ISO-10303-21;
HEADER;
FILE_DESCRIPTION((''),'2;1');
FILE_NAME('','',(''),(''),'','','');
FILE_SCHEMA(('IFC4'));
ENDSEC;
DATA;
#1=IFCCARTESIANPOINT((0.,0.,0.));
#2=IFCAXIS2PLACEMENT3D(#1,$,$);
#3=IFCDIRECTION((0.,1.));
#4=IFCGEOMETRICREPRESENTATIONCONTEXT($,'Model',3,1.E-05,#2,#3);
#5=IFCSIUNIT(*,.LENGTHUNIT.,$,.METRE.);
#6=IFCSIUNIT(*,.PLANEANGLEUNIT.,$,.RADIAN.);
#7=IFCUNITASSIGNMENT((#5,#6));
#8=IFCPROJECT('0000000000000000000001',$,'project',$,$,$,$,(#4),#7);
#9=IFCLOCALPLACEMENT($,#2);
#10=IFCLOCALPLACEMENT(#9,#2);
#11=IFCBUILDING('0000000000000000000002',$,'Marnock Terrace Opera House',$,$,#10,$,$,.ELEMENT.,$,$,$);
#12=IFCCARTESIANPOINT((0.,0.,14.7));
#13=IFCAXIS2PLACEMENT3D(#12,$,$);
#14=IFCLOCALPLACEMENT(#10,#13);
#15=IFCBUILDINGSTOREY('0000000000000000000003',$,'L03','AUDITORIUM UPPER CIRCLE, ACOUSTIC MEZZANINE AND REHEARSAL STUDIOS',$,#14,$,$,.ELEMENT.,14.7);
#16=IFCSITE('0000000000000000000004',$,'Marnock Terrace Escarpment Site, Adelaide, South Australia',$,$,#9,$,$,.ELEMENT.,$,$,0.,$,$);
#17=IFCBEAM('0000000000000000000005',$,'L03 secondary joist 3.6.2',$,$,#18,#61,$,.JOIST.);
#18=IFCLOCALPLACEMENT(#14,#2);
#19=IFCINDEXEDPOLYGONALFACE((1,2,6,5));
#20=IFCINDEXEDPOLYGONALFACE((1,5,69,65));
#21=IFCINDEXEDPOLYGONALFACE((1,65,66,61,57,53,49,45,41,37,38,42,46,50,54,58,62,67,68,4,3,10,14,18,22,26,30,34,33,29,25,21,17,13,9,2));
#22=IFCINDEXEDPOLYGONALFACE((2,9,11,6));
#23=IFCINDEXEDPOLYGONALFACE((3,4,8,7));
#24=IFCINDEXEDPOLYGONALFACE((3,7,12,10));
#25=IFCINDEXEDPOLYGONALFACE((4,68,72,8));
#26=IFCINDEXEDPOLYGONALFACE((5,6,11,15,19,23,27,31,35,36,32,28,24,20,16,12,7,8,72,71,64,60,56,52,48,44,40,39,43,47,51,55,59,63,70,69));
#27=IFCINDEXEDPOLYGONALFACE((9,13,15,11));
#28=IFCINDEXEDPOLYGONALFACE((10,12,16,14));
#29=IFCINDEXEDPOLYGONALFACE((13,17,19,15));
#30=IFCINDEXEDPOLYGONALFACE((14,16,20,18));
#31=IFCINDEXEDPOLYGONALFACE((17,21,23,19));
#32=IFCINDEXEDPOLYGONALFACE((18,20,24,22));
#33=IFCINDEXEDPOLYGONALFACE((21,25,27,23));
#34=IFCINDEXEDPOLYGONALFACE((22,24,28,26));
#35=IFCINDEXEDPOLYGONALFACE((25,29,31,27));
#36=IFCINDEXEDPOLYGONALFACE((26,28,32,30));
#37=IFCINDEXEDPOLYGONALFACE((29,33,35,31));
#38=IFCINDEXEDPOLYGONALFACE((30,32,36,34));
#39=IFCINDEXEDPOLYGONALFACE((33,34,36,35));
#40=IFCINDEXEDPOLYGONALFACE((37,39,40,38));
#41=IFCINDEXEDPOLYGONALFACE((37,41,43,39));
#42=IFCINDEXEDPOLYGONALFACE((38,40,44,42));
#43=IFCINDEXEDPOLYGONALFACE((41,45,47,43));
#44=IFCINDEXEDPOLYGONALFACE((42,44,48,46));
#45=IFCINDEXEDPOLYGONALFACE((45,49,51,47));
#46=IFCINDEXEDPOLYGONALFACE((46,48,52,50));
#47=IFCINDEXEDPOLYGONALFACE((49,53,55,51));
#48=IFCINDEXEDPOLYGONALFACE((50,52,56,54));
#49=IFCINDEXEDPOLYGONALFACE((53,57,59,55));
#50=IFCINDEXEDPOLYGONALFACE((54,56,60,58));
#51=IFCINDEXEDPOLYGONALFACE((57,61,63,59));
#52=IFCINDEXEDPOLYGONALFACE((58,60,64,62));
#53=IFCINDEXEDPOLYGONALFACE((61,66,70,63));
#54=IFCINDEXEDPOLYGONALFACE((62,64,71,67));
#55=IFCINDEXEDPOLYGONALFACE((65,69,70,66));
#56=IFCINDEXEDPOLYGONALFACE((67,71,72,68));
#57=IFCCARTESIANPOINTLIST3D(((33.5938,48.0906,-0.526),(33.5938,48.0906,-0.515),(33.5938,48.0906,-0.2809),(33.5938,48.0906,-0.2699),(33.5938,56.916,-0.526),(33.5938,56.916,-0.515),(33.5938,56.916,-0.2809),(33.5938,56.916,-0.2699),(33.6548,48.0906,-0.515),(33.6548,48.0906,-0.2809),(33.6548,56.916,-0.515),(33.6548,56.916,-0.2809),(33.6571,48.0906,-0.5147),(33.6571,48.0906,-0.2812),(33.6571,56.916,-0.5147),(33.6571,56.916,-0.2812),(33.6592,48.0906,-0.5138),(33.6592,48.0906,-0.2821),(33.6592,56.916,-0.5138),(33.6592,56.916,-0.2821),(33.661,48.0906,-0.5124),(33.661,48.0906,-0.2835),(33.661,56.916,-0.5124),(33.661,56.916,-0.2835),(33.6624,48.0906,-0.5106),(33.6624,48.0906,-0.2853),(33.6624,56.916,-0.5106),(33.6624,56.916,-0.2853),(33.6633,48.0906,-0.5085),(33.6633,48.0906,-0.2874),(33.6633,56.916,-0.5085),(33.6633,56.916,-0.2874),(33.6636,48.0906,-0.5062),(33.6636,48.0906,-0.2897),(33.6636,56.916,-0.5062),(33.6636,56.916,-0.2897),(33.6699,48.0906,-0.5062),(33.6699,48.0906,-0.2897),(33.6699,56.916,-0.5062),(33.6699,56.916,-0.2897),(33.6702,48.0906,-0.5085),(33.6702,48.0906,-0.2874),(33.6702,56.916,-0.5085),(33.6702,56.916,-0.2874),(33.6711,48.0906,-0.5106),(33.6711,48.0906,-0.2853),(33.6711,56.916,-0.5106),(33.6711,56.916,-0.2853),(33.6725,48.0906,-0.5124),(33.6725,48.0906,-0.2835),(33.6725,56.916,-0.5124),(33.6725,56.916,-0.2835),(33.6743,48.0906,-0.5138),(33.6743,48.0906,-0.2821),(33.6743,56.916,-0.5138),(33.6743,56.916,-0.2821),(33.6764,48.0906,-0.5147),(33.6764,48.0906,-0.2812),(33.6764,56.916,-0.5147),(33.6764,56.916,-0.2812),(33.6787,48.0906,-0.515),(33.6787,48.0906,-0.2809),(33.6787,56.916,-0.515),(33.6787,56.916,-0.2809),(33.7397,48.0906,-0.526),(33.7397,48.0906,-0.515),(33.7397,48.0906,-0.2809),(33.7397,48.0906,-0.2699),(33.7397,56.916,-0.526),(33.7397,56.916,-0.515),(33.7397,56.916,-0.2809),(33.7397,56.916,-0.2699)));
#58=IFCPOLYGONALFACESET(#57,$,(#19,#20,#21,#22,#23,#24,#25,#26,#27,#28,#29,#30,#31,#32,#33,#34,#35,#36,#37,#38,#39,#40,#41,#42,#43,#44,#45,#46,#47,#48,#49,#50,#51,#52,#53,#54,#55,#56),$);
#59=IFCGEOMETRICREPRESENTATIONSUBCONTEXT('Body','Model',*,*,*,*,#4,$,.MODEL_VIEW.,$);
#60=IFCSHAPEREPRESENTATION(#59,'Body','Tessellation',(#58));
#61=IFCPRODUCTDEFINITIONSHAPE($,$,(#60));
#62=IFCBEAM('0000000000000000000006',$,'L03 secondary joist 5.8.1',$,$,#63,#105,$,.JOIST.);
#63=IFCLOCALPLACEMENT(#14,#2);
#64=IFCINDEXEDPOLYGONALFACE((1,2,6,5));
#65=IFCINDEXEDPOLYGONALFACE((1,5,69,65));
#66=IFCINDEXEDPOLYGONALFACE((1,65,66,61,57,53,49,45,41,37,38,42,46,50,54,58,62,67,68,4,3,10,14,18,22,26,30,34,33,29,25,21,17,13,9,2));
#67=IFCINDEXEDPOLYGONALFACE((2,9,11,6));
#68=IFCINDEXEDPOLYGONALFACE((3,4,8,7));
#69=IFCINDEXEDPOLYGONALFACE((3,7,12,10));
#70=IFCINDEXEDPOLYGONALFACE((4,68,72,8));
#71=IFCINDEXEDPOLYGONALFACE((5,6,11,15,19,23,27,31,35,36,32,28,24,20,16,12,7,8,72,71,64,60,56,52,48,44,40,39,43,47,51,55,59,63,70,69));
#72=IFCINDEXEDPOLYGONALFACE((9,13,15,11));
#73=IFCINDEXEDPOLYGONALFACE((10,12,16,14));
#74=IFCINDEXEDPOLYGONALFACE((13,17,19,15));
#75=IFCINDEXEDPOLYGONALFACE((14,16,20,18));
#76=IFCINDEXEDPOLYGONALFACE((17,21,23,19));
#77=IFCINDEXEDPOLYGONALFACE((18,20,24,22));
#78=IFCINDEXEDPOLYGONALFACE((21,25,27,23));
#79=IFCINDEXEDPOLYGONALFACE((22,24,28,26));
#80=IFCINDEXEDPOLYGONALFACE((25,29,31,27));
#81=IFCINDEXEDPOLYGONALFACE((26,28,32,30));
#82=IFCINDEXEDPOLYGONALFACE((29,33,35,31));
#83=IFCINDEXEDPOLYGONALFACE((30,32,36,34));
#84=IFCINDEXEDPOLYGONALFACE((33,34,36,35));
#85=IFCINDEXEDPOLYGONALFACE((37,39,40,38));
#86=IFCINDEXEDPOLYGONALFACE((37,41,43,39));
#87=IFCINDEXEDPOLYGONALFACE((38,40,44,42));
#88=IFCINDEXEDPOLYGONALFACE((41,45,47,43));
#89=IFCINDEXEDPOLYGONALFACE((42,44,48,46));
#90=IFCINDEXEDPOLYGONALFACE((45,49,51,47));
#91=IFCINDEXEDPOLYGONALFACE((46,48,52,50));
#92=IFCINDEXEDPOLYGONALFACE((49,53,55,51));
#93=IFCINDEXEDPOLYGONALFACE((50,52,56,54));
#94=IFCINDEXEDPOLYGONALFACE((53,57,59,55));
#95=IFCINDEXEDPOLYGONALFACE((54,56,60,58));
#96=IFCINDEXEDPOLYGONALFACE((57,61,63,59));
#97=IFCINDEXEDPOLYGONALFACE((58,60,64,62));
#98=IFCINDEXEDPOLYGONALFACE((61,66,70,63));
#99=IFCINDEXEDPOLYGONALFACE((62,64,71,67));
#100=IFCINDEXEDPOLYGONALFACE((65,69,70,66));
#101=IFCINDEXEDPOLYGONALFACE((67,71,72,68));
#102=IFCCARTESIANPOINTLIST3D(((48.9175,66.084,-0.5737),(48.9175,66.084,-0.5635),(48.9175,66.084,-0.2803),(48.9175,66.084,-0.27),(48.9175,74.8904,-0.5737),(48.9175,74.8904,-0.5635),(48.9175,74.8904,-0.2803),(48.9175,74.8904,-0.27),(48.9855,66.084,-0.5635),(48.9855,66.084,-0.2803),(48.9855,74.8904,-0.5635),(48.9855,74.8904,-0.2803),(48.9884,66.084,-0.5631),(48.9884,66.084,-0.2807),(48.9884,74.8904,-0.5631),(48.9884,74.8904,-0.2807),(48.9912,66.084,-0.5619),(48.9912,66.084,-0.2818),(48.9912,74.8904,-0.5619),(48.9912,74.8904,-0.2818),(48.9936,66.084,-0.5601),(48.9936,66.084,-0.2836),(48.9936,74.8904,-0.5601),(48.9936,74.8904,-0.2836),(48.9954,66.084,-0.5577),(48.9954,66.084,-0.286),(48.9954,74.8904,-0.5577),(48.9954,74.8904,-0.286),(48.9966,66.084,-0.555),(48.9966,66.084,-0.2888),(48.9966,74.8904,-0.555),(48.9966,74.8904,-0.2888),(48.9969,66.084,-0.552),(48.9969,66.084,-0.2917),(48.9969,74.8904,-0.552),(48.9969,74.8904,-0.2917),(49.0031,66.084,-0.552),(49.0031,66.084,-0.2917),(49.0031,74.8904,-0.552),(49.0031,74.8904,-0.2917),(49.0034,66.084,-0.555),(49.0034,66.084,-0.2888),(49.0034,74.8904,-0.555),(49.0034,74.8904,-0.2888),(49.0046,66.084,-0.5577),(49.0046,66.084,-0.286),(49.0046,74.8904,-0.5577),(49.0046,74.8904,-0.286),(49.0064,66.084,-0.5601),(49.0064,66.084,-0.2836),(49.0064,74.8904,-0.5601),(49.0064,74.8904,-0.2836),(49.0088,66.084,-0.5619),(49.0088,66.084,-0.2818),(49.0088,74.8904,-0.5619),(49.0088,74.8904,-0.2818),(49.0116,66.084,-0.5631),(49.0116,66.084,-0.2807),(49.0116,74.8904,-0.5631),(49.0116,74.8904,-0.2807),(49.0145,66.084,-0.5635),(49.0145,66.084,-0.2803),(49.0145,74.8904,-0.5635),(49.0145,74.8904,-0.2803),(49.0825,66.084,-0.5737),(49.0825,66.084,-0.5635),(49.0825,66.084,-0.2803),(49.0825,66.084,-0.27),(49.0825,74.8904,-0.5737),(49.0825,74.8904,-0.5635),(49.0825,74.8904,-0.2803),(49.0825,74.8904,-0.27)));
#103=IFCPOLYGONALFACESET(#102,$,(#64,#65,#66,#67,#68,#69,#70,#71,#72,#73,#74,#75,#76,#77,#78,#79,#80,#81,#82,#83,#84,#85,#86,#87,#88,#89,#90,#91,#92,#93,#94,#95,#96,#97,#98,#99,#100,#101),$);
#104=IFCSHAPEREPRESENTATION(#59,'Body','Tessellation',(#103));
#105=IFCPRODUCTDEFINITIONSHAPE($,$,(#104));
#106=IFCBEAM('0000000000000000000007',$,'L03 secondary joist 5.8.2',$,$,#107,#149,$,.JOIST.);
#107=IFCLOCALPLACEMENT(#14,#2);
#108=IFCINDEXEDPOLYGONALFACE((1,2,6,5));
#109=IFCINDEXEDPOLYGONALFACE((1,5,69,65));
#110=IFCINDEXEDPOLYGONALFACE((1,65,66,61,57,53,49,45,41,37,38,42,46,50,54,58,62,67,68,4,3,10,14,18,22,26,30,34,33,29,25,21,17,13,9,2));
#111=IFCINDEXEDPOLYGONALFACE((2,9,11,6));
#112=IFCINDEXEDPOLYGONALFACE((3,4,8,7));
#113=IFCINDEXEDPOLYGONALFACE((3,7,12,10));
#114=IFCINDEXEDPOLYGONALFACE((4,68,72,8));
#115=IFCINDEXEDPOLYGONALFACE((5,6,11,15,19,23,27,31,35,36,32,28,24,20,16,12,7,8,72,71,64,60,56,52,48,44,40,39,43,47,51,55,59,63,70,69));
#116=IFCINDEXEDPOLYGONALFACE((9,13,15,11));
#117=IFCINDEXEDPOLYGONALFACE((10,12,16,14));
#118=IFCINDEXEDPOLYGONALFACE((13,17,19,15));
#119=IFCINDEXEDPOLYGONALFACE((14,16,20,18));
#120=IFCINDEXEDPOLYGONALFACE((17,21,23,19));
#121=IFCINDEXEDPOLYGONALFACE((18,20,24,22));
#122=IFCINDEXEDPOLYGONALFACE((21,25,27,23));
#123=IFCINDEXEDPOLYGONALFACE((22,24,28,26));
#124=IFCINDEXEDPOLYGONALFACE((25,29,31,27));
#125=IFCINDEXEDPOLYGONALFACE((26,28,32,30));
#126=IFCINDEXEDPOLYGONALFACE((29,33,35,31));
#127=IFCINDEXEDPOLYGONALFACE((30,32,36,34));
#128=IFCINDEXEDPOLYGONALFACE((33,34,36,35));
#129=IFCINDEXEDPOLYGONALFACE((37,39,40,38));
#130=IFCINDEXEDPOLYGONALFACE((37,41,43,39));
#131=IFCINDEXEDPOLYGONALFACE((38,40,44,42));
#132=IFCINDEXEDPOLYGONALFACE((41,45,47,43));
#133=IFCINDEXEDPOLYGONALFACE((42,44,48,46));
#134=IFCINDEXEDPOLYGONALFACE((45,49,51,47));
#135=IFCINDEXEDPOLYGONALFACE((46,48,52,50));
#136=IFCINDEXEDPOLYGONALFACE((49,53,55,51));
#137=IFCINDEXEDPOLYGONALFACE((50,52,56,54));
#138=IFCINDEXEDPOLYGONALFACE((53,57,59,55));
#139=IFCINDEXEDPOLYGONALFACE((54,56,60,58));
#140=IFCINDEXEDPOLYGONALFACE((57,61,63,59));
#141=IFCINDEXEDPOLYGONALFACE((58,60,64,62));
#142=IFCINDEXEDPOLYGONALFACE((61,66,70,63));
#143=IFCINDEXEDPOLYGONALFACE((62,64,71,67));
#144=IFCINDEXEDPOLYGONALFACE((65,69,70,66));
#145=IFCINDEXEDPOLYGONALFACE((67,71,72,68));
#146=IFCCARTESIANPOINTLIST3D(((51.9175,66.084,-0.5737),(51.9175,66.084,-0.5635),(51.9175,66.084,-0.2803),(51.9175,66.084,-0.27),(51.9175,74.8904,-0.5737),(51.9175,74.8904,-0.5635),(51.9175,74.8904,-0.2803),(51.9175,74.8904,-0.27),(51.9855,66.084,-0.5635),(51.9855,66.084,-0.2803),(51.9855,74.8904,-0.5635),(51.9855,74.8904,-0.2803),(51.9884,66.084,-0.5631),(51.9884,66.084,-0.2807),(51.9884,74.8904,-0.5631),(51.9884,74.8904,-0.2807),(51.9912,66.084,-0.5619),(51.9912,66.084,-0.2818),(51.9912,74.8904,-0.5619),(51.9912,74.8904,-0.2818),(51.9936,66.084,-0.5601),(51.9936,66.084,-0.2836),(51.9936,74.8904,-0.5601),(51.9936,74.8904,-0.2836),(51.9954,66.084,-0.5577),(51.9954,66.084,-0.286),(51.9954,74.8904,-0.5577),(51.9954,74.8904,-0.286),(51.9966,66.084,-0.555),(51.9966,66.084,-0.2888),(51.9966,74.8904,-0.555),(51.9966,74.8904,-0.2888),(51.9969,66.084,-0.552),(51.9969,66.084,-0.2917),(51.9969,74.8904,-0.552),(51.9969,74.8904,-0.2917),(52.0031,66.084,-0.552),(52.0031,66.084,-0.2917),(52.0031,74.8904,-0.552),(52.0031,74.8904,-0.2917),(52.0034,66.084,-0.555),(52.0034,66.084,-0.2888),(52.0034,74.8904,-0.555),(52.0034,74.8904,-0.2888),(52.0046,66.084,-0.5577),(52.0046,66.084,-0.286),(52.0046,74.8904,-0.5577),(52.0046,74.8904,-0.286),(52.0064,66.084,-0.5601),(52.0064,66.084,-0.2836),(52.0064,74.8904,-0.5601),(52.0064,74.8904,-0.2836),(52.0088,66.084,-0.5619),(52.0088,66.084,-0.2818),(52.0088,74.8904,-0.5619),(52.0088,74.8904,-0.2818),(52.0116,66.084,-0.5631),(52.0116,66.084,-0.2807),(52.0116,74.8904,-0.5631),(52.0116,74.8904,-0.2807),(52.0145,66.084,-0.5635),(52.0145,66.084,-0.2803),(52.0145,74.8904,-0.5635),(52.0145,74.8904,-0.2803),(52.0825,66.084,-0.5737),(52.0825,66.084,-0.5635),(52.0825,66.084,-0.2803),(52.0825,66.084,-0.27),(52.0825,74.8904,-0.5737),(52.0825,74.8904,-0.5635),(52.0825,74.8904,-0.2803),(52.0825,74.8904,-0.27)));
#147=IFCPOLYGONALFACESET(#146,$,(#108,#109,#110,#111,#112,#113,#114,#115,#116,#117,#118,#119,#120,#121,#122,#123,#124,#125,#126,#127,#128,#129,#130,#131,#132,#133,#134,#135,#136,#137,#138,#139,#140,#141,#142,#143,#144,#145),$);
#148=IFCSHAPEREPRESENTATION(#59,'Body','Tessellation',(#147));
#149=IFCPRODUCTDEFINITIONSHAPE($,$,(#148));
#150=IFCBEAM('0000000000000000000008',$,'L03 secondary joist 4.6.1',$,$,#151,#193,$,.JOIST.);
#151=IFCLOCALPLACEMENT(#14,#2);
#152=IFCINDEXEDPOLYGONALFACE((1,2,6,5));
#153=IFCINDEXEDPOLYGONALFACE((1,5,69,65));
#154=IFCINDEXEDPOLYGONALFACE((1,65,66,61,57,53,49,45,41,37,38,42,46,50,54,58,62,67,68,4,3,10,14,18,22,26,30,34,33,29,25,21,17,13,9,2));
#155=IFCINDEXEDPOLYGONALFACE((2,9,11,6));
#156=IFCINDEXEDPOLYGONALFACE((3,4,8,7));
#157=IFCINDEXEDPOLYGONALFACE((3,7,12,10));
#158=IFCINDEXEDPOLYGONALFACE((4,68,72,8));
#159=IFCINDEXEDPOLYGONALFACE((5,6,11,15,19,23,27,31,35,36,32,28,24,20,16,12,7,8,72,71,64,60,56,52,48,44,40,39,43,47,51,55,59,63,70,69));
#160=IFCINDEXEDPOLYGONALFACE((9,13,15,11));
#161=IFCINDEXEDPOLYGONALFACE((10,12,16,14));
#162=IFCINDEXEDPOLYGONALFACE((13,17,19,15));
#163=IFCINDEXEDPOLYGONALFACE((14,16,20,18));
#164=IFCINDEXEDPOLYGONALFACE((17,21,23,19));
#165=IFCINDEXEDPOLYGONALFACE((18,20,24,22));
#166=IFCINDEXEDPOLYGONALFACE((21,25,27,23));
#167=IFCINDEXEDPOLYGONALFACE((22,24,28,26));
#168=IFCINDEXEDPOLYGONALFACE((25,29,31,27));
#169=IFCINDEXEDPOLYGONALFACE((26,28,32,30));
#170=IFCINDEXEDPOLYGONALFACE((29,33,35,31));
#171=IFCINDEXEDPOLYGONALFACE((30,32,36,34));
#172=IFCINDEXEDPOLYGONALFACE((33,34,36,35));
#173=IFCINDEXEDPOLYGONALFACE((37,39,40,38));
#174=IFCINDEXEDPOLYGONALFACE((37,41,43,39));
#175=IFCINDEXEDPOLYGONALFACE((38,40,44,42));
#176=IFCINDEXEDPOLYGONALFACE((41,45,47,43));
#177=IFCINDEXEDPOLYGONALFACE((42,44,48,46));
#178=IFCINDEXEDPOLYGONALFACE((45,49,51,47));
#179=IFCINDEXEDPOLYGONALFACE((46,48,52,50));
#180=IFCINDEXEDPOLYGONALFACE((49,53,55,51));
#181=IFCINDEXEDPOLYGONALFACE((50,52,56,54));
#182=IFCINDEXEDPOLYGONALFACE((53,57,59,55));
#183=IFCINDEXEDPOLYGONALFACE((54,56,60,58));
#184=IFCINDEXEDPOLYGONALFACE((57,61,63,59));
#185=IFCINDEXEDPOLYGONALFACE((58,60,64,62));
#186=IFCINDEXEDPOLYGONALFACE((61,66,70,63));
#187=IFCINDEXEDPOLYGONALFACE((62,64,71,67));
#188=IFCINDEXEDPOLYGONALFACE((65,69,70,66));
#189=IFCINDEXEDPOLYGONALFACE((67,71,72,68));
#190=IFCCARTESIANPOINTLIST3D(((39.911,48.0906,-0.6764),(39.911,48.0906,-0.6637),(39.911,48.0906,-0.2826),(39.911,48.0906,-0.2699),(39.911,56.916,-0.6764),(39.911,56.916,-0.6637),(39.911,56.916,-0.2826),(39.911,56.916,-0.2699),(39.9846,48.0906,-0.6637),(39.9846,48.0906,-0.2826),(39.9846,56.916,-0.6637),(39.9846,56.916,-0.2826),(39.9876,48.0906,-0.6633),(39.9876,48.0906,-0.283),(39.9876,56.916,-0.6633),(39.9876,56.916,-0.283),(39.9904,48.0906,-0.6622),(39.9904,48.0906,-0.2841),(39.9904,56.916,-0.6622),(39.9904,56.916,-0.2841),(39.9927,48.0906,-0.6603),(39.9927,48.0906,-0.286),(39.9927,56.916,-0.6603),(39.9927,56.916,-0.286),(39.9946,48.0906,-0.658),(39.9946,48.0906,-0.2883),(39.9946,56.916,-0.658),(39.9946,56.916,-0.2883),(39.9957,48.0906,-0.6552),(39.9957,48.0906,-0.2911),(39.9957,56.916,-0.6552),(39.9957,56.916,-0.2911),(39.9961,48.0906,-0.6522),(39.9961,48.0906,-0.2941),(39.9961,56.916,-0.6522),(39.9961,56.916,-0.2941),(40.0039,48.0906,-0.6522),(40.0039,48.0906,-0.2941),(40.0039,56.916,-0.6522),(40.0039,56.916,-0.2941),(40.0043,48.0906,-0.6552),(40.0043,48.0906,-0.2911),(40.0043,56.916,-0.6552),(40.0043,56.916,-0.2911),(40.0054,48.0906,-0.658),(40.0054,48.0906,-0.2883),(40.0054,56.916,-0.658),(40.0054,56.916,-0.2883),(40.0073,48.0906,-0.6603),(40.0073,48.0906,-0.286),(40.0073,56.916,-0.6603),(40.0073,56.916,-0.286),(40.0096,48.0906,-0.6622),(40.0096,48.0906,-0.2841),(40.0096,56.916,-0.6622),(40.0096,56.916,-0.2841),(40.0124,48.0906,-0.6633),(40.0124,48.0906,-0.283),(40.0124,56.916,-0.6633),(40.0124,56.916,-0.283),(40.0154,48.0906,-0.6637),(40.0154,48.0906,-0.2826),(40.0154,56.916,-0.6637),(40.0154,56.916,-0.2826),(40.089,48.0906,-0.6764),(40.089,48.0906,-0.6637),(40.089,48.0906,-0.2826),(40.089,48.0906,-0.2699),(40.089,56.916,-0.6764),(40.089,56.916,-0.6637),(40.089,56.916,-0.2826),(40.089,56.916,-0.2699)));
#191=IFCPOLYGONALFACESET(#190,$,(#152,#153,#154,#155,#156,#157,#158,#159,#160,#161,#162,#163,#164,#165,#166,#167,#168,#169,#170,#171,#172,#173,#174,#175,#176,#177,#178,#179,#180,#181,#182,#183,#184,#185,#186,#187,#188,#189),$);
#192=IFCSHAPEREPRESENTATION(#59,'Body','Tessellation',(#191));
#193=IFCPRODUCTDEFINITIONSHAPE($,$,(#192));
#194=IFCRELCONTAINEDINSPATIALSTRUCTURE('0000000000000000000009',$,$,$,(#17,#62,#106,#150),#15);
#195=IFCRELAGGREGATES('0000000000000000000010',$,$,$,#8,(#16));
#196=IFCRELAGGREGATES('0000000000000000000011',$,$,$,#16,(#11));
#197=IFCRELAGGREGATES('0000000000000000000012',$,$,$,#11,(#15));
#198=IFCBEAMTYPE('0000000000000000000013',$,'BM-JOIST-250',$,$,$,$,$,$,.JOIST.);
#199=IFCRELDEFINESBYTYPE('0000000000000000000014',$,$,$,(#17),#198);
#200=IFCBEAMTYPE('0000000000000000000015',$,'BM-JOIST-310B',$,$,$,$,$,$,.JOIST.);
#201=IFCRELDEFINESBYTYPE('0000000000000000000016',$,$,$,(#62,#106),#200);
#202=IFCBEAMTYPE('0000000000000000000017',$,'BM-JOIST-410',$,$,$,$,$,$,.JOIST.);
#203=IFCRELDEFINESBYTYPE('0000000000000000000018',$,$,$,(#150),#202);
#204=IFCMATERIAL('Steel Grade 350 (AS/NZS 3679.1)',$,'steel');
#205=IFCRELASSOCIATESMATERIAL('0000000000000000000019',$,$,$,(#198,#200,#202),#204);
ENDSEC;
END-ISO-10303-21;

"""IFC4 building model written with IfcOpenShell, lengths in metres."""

from ifc_helpers import new_model, si_unit, direction, frame, origin, origin_2d, place, context, subcontext, project, spatial, i_section, extrude, material, material_profile, profile_set, type_object, element, save


model = new_model("IFC4")

# Units and contexts
model_context = context("Model", 3, precision=1e-05, world=origin(), true_north=direction((0.0, 1.0)))
body_context = subcontext(model_context, "Body", "Model", "MODEL_VIEW")
ifc_project = project(units=[si_unit("LENGTHUNIT", "METRE"), si_unit("PLANEANGLEUNIT", "RADIAN")], contexts=[model_context])

# Site, building, storey
site_placement = place(None, origin())
site = spatial("IfcSite", under=ifc_project, at=site_placement, Name="Marnock Terrace Escarpment Site, Adelaide, South Australia", CompositionType="ELEMENT", RefElevation=0.0)
building_placement = place(site_placement, origin())
building = spatial("IfcBuilding", under=site, at=building_placement, Name="Marnock Terrace Opera House", CompositionType="ELEMENT")
storey_placement = place(building_placement, frame((0.0, 0.0, 14.7)))
storey = spatial("IfcBuildingStorey", under=building, at=storey_placement, Name="L03", Description="AUDITORIUM UPPER CIRCLE, ACOUSTIC MEZZANINE AND REHEARSAL STUDIOS", CompositionType="ELEMENT", Elevation=14.7)

# Shared definitions
ifc_material_1 = material(Name="Steel Grade 350 (AS/NZS 3679.1)", Category="steel")

# Beams
ifc_material_profile_1 = material_profile(ifc_material_1, i_section(OverallWidth=0.146, OverallDepth=0.2561, WebThickness=0.0063, FlangeThickness=0.011, FilletRadius=0.0088, at=origin_2d()))
ifc_profile_set_1 = profile_set([ifc_material_profile_1], Name="Steel Grade 350 (AS/NZS 3679.1)")
beam_type_1 = type_object("IfcBeamType", Name="BM-JOIST-250", PredefinedType="JOIST", material=ifc_profile_set_1)
for number, where, z_axis, x_axis, name in (
    (1, (33.6667, 48.0906, -0.3979), (0.0, 1.0, 0.0), (-1.0, 0.0, 0.0), "L03 secondary joist 3.6.2"),
):
    element("IfcBeam", number, at=place(storey_placement, frame(where, z_axis=z_axis, x_axis=x_axis)), inside=storey, type_object=beam_type_1, Name=name, PredefinedType="JOIST", context=body_context, shape_type="SweptSolid", body=[
        extrude(i_section(OverallWidth=0.146, OverallDepth=0.2561, WebThickness=0.0063, FlangeThickness=0.011, FilletRadius=0.0088, at=origin_2d()), origin(), (0.0, 0.0, 1.0), 8.8254),
    ])
ifc_material_profile_2 = material_profile(ifc_material_1, i_section(OverallWidth=0.165, OverallDepth=0.3037, WebThickness=0.0061, FlangeThickness=0.0103, FilletRadius=0.0115, at=origin_2d()))
ifc_profile_set_2 = profile_set([ifc_material_profile_2], Name="Steel Grade 350 (AS/NZS 3679.1)")
beam_type_2 = type_object("IfcBeamType", Name="BM-JOIST-310B", PredefinedType="JOIST", material=ifc_profile_set_2)
for number, where, z_axis, x_axis, name in (
    (2, (49.0, 66.084, -0.4219), (0.0, 1.0, 0.0), (-1.0, 0.0, 0.0), "L03 secondary joist 5.8.1"),
    (3, (52.0, 66.084, -0.4219), (0.0, 1.0, 0.0), (-1.0, 0.0, 0.0), "L03 secondary joist 5.8.2"),
):
    element("IfcBeam", number, at=place(storey_placement, frame(where, z_axis=z_axis, x_axis=x_axis)), inside=storey, type_object=beam_type_2, Name=name, PredefinedType="JOIST", context=body_context, shape_type="SweptSolid", body=[
        extrude(i_section(OverallWidth=0.165, OverallDepth=0.3037, WebThickness=0.0061, FlangeThickness=0.0103, FilletRadius=0.0115, at=origin_2d()), origin(), (0.0, 0.0, 1.0), 8.8064),
    ])
ifc_material_profile_3 = material_profile(ifc_material_1, i_section(OverallWidth=0.178, OverallDepth=0.4065, WebThickness=0.0078, FlangeThickness=0.0127, FilletRadius=0.0115, at=origin_2d()))
ifc_profile_set_3 = profile_set([ifc_material_profile_3], Name="Steel Grade 350 (AS/NZS 3679.1)")
beam_type_3 = type_object("IfcBeamType", Name="BM-JOIST-410", PredefinedType="JOIST", material=ifc_profile_set_3)
for number, where, z_axis, x_axis, name in (
    (4, (40.0, 48.0906, -0.4731), (0.0, 1.0, 0.0), (-1.0, 0.0, 0.0), "L03 secondary joist 4.6.1"),
):
    element("IfcBeam", number, at=place(storey_placement, frame(where, z_axis=z_axis, x_axis=x_axis)), inside=storey, type_object=beam_type_3, Name=name, PredefinedType="JOIST", context=body_context, shape_type="SweptSolid", body=[
        extrude(i_section(OverallWidth=0.178, OverallDepth=0.4065, WebThickness=0.0078, FlangeThickness=0.0127, FilletRadius=0.0115, at=origin_2d()), origin(), (0.0, 0.0, 1.0), 8.8254),
    ])

save(model, "model.ifc")
